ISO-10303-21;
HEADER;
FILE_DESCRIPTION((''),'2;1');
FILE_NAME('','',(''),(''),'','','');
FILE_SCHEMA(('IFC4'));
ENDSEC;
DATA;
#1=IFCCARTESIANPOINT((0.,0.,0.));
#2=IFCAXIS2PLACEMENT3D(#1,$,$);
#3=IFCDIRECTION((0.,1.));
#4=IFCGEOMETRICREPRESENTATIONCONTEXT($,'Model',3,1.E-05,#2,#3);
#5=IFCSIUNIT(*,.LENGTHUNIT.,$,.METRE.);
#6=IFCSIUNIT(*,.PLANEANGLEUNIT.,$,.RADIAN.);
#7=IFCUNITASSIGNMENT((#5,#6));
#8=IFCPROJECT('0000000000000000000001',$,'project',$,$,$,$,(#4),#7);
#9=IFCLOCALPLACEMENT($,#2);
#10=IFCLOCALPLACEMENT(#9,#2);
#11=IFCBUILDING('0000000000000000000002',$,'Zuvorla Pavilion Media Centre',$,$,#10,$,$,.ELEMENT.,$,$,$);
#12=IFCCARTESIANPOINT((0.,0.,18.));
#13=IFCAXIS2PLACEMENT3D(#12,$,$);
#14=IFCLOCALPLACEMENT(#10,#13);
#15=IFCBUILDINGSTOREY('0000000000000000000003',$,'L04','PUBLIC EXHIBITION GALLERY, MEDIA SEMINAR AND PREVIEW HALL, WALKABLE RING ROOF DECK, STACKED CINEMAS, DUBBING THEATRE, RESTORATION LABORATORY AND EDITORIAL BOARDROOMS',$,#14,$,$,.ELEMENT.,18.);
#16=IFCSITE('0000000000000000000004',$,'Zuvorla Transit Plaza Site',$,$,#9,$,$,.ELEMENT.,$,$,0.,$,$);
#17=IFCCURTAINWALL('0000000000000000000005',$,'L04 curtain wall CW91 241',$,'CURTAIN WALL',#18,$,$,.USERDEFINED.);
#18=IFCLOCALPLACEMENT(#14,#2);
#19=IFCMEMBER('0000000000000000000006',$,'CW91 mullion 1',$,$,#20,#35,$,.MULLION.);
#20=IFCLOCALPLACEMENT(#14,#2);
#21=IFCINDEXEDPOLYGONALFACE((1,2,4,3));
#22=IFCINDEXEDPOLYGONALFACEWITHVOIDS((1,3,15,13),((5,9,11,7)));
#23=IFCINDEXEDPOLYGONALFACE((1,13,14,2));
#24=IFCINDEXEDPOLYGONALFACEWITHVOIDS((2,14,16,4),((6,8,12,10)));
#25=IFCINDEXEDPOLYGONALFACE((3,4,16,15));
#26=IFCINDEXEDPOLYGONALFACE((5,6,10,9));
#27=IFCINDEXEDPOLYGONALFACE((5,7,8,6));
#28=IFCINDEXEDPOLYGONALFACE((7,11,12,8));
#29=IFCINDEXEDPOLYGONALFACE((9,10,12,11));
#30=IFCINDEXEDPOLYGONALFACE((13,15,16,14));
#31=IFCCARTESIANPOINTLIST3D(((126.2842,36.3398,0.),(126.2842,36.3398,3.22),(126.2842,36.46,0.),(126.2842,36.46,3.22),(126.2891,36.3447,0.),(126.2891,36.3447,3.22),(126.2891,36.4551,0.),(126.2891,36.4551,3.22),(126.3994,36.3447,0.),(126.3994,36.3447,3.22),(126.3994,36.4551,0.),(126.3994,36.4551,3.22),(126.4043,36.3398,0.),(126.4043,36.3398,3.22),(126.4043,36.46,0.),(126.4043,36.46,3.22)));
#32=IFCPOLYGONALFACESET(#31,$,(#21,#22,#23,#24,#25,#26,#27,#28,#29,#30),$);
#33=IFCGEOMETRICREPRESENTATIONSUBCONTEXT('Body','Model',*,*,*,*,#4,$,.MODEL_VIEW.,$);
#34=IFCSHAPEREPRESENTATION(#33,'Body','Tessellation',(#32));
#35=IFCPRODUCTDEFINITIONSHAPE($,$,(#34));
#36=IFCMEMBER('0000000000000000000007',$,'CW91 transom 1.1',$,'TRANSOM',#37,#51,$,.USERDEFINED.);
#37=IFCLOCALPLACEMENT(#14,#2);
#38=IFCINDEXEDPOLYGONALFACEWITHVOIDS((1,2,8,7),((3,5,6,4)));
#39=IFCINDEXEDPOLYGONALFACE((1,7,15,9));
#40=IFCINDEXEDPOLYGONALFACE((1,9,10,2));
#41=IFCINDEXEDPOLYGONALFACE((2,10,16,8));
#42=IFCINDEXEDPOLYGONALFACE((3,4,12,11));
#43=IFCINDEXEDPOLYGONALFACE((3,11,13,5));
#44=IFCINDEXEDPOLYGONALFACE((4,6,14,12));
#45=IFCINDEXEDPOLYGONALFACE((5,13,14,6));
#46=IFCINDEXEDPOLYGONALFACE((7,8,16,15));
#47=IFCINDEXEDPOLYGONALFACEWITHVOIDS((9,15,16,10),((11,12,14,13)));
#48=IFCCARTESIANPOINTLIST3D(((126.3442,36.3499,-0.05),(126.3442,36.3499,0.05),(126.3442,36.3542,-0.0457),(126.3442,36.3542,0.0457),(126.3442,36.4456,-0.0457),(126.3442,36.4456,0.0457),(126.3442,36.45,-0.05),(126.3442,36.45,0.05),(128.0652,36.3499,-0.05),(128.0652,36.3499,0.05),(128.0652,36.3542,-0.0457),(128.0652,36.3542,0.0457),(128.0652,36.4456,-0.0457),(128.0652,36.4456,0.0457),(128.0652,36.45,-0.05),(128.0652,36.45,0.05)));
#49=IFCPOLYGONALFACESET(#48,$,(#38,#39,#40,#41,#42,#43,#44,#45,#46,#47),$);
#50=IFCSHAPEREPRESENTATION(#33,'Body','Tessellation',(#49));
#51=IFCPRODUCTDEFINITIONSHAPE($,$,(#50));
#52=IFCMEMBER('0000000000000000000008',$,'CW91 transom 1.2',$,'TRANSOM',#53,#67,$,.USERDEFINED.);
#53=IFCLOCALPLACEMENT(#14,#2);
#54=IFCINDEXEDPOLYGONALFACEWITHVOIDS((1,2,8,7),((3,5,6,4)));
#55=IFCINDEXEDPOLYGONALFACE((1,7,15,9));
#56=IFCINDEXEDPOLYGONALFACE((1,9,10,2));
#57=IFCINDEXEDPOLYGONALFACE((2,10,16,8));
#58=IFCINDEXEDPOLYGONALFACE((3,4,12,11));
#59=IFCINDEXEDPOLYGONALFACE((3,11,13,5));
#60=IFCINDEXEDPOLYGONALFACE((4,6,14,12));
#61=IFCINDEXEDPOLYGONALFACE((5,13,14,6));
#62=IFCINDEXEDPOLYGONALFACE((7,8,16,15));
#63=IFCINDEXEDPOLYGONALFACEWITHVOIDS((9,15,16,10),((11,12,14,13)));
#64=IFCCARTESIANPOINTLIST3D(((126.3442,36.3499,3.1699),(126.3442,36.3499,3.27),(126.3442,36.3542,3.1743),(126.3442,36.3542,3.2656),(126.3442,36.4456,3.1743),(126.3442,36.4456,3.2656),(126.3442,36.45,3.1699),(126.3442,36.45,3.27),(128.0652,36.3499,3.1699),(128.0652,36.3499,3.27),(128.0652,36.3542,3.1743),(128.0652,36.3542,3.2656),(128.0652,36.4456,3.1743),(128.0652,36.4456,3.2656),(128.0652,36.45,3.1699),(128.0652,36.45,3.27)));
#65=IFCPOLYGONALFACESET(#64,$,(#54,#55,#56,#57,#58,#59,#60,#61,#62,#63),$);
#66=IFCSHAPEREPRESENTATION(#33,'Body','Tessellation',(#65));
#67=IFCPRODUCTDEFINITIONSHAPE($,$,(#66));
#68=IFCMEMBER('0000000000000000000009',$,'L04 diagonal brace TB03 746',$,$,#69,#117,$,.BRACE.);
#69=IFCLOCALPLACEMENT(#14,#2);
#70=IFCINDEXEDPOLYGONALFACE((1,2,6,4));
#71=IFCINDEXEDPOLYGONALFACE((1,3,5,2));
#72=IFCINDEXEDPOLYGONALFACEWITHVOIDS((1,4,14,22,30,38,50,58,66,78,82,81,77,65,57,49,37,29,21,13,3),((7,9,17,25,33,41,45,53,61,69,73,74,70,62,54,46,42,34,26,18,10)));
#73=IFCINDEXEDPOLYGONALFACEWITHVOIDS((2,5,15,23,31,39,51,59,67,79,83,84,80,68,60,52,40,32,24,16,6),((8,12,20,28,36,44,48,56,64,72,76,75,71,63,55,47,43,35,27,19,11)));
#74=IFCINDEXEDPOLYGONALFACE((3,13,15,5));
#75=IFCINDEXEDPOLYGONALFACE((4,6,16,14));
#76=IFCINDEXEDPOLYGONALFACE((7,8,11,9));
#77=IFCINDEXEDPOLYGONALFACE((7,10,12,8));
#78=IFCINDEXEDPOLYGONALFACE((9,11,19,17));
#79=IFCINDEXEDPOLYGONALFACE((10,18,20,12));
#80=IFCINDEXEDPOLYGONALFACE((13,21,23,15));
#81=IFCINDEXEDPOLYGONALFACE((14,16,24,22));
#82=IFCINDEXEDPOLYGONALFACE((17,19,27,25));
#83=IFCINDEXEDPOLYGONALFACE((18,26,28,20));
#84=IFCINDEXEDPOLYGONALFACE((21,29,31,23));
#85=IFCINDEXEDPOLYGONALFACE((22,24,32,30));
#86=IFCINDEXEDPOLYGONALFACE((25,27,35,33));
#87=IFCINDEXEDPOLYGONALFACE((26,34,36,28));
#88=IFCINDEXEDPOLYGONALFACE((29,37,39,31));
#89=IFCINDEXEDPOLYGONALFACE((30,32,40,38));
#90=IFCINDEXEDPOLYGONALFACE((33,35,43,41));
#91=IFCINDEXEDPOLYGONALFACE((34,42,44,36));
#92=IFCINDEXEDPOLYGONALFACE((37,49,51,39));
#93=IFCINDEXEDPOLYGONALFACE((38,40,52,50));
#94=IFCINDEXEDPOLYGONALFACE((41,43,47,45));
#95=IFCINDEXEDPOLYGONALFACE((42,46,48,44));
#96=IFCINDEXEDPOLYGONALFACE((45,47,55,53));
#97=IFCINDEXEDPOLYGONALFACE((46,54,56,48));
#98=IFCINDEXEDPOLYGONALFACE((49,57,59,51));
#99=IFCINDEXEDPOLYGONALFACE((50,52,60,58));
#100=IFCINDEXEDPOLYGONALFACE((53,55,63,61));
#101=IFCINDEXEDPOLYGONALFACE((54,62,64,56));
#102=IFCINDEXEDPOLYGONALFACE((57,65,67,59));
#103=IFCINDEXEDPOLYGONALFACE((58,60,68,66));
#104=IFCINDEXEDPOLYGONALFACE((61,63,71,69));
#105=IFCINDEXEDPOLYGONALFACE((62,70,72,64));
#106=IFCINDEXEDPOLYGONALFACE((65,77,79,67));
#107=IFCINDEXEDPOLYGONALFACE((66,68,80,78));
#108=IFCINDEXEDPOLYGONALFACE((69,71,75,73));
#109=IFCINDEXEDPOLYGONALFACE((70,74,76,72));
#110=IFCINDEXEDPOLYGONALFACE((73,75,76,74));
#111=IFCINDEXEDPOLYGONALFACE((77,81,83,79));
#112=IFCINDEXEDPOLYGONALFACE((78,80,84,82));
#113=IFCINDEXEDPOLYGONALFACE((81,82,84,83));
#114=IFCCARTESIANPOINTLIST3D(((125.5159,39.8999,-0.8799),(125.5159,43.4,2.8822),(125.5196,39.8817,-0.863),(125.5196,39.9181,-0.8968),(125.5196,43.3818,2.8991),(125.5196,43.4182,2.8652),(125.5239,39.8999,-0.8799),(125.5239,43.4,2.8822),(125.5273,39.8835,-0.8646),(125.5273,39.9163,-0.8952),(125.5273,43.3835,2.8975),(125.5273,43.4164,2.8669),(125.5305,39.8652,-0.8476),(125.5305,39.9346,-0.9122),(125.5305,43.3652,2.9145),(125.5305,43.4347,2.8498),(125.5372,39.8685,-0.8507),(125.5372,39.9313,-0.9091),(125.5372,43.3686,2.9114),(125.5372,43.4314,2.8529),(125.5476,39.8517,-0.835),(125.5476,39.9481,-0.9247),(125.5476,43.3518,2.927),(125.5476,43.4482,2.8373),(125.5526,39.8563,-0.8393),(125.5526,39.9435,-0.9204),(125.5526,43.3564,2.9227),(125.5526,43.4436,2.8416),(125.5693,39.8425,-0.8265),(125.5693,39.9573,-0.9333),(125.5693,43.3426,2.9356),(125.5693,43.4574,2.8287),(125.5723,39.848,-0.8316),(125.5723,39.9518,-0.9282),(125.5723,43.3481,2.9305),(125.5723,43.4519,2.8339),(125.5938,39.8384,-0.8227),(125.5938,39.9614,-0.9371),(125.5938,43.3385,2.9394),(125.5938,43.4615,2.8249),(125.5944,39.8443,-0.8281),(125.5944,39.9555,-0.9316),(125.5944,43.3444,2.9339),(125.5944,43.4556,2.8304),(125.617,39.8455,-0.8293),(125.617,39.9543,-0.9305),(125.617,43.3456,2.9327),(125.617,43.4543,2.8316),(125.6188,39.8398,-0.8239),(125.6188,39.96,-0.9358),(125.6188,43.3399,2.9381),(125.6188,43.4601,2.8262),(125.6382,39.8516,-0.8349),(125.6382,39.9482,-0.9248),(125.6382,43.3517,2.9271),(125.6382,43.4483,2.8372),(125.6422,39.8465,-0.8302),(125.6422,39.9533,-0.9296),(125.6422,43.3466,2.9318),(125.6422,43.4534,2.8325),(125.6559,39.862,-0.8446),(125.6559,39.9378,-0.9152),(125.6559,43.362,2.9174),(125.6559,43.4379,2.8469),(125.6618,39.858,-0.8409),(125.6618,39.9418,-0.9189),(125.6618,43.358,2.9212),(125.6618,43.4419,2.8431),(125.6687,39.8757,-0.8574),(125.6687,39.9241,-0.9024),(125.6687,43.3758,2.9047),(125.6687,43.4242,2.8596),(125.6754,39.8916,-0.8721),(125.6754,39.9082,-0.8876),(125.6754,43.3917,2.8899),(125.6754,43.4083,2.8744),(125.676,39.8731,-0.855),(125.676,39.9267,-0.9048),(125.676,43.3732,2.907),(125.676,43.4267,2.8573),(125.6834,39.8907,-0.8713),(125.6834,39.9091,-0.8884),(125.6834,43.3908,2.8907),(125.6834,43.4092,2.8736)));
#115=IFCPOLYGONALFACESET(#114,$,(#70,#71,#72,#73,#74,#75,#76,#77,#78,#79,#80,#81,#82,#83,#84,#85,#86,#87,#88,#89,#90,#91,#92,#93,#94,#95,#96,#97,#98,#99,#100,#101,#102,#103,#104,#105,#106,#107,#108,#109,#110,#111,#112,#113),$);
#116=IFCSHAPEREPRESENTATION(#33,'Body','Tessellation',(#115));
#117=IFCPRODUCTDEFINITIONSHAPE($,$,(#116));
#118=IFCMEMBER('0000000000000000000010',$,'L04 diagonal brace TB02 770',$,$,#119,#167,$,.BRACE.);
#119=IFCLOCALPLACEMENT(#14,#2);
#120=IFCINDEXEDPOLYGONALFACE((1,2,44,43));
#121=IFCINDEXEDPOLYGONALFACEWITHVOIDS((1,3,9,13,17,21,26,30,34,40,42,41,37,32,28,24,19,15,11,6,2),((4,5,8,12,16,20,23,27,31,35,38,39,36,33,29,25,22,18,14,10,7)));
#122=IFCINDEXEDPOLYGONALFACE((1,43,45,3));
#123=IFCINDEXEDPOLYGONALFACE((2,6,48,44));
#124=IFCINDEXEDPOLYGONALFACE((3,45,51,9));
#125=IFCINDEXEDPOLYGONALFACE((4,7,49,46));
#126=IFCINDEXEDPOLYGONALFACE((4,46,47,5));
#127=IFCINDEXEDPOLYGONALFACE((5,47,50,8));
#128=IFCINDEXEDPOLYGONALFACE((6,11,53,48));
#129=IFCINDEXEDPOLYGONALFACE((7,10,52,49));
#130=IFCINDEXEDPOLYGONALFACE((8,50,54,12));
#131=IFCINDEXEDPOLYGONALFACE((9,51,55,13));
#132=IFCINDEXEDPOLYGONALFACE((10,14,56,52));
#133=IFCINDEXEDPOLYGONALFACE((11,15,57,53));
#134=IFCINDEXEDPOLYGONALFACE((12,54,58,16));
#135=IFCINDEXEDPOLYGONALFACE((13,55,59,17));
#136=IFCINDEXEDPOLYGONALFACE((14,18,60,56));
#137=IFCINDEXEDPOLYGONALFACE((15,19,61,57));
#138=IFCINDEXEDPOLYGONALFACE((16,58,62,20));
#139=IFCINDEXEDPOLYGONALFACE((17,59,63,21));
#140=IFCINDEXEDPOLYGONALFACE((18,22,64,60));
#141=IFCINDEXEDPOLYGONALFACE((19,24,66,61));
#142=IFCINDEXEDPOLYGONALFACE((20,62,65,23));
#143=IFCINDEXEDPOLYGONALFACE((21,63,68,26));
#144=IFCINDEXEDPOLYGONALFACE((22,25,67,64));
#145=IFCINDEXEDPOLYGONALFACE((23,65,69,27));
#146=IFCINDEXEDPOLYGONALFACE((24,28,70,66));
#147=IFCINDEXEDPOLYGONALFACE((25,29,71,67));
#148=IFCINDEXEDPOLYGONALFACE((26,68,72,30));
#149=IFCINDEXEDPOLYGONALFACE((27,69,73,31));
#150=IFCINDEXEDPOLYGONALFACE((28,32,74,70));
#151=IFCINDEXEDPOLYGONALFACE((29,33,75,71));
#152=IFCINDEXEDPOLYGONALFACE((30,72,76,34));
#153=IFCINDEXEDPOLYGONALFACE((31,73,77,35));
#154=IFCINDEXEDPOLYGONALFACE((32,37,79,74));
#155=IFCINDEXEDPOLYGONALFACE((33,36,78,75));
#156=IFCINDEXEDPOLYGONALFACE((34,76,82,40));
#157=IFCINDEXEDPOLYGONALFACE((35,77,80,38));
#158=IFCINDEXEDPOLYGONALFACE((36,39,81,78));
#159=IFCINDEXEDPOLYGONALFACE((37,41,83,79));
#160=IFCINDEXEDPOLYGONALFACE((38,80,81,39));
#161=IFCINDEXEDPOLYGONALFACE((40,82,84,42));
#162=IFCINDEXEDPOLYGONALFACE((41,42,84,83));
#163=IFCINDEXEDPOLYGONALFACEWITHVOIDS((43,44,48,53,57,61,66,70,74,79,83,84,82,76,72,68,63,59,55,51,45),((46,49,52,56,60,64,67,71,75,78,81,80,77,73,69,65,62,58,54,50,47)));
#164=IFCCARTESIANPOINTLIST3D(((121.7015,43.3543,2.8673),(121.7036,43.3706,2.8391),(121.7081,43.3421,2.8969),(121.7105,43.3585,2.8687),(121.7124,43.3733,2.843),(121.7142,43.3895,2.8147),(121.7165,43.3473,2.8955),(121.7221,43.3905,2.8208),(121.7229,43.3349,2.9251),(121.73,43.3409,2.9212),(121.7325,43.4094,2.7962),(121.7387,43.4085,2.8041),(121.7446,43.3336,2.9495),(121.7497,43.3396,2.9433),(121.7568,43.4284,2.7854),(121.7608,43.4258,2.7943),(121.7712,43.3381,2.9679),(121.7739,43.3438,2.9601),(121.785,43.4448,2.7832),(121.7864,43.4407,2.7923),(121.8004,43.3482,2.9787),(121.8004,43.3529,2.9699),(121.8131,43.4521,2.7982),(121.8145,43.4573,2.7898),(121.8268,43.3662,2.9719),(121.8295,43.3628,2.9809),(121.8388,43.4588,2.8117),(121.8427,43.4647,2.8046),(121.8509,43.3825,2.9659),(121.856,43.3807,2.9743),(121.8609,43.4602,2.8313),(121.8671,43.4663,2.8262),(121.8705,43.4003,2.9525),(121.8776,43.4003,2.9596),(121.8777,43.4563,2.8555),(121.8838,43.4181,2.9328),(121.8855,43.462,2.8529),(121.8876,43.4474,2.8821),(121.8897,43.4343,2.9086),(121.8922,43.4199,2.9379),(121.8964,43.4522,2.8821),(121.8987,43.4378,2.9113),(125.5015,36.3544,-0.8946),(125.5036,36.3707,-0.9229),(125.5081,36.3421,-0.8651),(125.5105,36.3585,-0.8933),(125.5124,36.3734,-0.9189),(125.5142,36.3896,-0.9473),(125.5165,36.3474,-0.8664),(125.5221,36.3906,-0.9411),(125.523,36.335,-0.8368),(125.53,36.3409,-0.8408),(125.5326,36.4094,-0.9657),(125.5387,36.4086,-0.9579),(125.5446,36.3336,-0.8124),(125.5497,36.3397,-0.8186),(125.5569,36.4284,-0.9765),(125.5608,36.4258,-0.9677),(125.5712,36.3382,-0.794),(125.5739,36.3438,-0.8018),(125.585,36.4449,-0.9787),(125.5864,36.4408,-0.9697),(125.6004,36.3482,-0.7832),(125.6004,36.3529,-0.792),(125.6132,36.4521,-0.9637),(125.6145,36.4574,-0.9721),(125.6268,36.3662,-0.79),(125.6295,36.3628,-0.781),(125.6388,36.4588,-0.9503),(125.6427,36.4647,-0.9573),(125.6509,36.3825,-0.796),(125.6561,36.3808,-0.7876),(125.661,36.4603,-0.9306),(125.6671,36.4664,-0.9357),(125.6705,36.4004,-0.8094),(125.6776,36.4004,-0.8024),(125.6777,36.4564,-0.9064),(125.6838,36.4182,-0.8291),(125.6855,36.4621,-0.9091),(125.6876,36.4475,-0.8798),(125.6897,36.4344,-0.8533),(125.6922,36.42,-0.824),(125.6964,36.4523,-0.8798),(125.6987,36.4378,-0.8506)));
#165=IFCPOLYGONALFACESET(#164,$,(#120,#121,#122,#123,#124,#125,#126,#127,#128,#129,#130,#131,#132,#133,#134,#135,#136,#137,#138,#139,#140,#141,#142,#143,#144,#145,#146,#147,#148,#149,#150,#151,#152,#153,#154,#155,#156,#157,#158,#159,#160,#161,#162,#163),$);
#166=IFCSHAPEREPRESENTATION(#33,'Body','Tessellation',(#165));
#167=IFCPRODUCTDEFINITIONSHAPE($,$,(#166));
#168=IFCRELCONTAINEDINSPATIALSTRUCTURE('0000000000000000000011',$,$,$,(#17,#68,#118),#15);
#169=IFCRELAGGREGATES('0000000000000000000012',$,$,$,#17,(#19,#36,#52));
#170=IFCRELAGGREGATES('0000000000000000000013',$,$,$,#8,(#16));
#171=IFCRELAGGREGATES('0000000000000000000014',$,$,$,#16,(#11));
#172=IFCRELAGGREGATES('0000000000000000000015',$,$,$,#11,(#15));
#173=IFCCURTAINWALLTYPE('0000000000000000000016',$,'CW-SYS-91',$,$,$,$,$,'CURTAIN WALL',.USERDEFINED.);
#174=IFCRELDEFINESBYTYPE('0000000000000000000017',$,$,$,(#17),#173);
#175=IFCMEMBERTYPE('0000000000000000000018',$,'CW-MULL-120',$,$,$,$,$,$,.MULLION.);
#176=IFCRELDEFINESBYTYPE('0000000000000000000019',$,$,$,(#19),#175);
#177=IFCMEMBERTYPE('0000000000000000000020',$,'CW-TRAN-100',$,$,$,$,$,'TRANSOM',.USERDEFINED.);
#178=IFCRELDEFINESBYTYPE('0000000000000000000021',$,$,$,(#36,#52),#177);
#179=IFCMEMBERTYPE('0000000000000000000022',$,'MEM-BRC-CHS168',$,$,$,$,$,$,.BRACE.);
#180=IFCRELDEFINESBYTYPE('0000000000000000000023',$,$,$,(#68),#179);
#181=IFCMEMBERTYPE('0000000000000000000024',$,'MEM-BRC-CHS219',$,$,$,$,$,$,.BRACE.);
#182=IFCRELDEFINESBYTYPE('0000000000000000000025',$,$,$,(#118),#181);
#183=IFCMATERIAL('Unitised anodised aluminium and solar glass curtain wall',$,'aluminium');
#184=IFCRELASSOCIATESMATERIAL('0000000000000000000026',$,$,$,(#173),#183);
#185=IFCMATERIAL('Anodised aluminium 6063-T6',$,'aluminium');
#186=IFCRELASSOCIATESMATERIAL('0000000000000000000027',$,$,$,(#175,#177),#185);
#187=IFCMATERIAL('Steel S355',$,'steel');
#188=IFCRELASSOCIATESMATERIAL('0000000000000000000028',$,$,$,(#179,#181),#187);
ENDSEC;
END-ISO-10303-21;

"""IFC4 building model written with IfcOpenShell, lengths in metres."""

from ifc_helpers import new_model, si_unit, direction, frame, origin, origin_2d, place, context, subcontext, project, spatial, hollow_rectangle, hollow_circle, extrude, material, material_profile, profile_set, type_object, element, aggregate, save


model = new_model("IFC4")

# Units and contexts
model_context = context("Model", 3, precision=1e-05, world=origin(), true_north=direction((0.0, 1.0)))
body_context = subcontext(model_context, "Body", "Model", "MODEL_VIEW")
ifc_project = project(units=[si_unit("LENGTHUNIT", "METRE"), si_unit("PLANEANGLEUNIT", "RADIAN")], contexts=[model_context])

# Site, building, storey
site_placement = place(None, origin())
site = spatial("IfcSite", under=ifc_project, at=site_placement, Name="Zuvorla Transit Plaza Site", CompositionType="ELEMENT", RefElevation=0.0)
building_placement = place(site_placement, origin())
building = spatial("IfcBuilding", under=site, at=building_placement, Name="Zuvorla Pavilion Media Centre", CompositionType="ELEMENT")
storey_placement = place(building_placement, frame((0.0, 0.0, 18.0)))
storey = spatial("IfcBuildingStorey", under=building, at=storey_placement, Name="L04", Description="PUBLIC EXHIBITION GALLERY, MEDIA SEMINAR AND PREVIEW HALL, WALKABLE RING ROOF DECK, STACKED CINEMAS, DUBBING THEATRE, RESTORATION LABORATORY AND EDITORIAL BOARDROOMS", CompositionType="ELEMENT", Elevation=18.0)

# Curtain wall, members
ifc_material_1 = material(Name="Unitised anodised aluminium and solar glass curtain wall", Category="aluminium")
curtain_wall_type = type_object("IfcCurtainWallType", Name="CW-SYS-91", ElementType="CURTAIN WALL", PredefinedType="USERDEFINED", material=ifc_material_1)
curtain_wall_placement = place(storey_placement, origin())
curtain_wall = element("IfcCurtainWall", 1, at=curtain_wall_placement, inside=storey, type_object=curtain_wall_type, Name="L04 curtain wall CW91 241", ObjectType="CURTAIN WALL", PredefinedType="USERDEFINED")
ifc_material_2 = material(Name="Anodised aluminium 6063-T6", Category="aluminium")
ifc_material_profile_1 = material_profile(ifc_material_2, hollow_rectangle(XDim=0.1201, YDim=0.1201, WallThickness=0.0049, at=origin_2d()), Name="ALU MULL 120x120")
ifc_profile_set_1 = profile_set([ifc_material_profile_1], Name="Anodised aluminium 6063-T6")
member_type_1 = type_object("IfcMemberType", Name="CW-MULL-120", PredefinedType="MULLION", material=ifc_profile_set_1)
member_1_placement = place(storey_placement, frame((126.3442, 36.3999, 0.0), z_axis=(0.0, 0.0, 1.0), x_axis=(1.0, 0.0, 0.0)))
member_1 = element("IfcMember", 2, at=member_1_placement, type_object=member_type_1, Name="CW91 mullion 1", PredefinedType="MULLION", context=body_context, shape_type="SweptSolid", body=[
    extrude(hollow_rectangle(XDim=0.1201, YDim=0.1201, WallThickness=0.0049, at=origin_2d()), origin(), (0.0, 0.0, 1.0), 3.22),
])
ifc_material_profile_2 = material_profile(ifc_material_2, hollow_rectangle(XDim=0.1001, YDim=0.1001, WallThickness=0.0044, at=origin_2d()), Name="ALU TRAN 100x100")
ifc_profile_set_2 = profile_set([ifc_material_profile_2], Name="Anodised aluminium 6063-T6")
member_type_2 = type_object("IfcMemberType", Name="CW-TRAN-100", ElementType="TRANSOM", PredefinedType="USERDEFINED", material=ifc_profile_set_2)
member_2_placement = place(storey_placement, frame((126.3442, 36.3999, 0.0), z_axis=(1.0, 0.0, 0.0), x_axis=(0.0, 1.0, 0.0)))
member_2 = element("IfcMember", 3, at=member_2_placement, type_object=member_type_2, Name="CW91 transom 1.1", ObjectType="TRANSOM", PredefinedType="USERDEFINED", context=body_context, shape_type="SweptSolid", body=[
    extrude(hollow_rectangle(XDim=0.1001, YDim=0.1001, WallThickness=0.0044, at=origin_2d()), origin(), (0.0, 0.0, 1.0), 1.7209),
])
member_3_placement = place(storey_placement, frame((126.3442, 36.3999, 3.22), z_axis=(1.0, 0.0, 0.0), x_axis=(0.0, 1.0, 0.0)))
member_3 = element("IfcMember", 4, at=member_3_placement, type_object=member_type_2, Name="CW91 transom 1.2", ObjectType="TRANSOM", PredefinedType="USERDEFINED", context=body_context, shape_type="SweptSolid", body=[
    extrude(hollow_rectangle(XDim=0.1001, YDim=0.1001, WallThickness=0.0044, at=origin_2d()), origin(), (0.0, 0.0, 1.0), 1.7209),
])

# Members
ifc_material_3 = material(Name="Steel S355", Category="steel")
ifc_material_profile_3 = material_profile(ifc_material_3, hollow_circle(Radius=0.0842, WallThickness=0.0081, at=origin_2d()), Name="CHS 168.3x8")
ifc_profile_set_3 = profile_set([ifc_material_profile_3], Name="Steel S355")
member_type_3 = type_object("IfcMemberType", Name="MEM-BRC-CHS168", PredefinedType="BRACE", material=ifc_profile_set_3)
member_4_placement = place(storey_placement, frame((125.6001, 39.8999, -0.8799), z_axis=(0.0, 0.681156, 0.732138), x_axis=(-1.0, 0.0, 0.0)))
element("IfcMember", 5, at=member_4_placement, inside=storey, type_object=member_type_3, Name="L04 diagonal brace TB03 746", PredefinedType="BRACE", context=body_context, shape_type="SweptSolid", body=[
    extrude(hollow_circle(Radius=0.0842, WallThickness=0.0081, at=origin_2d()), origin(), (0.0, 0.0, 1.0), 5.1384),
])
ifc_material_profile_4 = material_profile(ifc_material_3, hollow_circle(Radius=0.1096, WallThickness=0.01, at=origin_2d()), Name="CHS 219.1x10")
ifc_profile_set_4 = profile_set([ifc_material_profile_4], Name="Steel S355")
member_type_4 = type_object("IfcMemberType", Name="MEM-BRC-CHS219", PredefinedType="BRACE", material=ifc_profile_set_4)
member_5_placement = place(storey_placement, frame((121.8, 43.3999, 2.8821), z_axis=(0.431399, -0.794671, -0.427075), x_axis=(0.878851, 0.477097, 0.0)))
element("IfcMember", 6, at=member_5_placement, inside=storey, type_object=member_type_4, Name="L04 diagonal brace TB02 770", PredefinedType="BRACE", context=body_context, shape_type="SweptSolid", body=[
    extrude(hollow_circle(Radius=0.1096, WallThickness=0.01, at=origin_2d()), origin(), (0.0, 0.0, 1.0), 8.8086),
])

aggregate(curtain_wall, [member_1, member_2, member_3])

save(model, "model.ifc")
